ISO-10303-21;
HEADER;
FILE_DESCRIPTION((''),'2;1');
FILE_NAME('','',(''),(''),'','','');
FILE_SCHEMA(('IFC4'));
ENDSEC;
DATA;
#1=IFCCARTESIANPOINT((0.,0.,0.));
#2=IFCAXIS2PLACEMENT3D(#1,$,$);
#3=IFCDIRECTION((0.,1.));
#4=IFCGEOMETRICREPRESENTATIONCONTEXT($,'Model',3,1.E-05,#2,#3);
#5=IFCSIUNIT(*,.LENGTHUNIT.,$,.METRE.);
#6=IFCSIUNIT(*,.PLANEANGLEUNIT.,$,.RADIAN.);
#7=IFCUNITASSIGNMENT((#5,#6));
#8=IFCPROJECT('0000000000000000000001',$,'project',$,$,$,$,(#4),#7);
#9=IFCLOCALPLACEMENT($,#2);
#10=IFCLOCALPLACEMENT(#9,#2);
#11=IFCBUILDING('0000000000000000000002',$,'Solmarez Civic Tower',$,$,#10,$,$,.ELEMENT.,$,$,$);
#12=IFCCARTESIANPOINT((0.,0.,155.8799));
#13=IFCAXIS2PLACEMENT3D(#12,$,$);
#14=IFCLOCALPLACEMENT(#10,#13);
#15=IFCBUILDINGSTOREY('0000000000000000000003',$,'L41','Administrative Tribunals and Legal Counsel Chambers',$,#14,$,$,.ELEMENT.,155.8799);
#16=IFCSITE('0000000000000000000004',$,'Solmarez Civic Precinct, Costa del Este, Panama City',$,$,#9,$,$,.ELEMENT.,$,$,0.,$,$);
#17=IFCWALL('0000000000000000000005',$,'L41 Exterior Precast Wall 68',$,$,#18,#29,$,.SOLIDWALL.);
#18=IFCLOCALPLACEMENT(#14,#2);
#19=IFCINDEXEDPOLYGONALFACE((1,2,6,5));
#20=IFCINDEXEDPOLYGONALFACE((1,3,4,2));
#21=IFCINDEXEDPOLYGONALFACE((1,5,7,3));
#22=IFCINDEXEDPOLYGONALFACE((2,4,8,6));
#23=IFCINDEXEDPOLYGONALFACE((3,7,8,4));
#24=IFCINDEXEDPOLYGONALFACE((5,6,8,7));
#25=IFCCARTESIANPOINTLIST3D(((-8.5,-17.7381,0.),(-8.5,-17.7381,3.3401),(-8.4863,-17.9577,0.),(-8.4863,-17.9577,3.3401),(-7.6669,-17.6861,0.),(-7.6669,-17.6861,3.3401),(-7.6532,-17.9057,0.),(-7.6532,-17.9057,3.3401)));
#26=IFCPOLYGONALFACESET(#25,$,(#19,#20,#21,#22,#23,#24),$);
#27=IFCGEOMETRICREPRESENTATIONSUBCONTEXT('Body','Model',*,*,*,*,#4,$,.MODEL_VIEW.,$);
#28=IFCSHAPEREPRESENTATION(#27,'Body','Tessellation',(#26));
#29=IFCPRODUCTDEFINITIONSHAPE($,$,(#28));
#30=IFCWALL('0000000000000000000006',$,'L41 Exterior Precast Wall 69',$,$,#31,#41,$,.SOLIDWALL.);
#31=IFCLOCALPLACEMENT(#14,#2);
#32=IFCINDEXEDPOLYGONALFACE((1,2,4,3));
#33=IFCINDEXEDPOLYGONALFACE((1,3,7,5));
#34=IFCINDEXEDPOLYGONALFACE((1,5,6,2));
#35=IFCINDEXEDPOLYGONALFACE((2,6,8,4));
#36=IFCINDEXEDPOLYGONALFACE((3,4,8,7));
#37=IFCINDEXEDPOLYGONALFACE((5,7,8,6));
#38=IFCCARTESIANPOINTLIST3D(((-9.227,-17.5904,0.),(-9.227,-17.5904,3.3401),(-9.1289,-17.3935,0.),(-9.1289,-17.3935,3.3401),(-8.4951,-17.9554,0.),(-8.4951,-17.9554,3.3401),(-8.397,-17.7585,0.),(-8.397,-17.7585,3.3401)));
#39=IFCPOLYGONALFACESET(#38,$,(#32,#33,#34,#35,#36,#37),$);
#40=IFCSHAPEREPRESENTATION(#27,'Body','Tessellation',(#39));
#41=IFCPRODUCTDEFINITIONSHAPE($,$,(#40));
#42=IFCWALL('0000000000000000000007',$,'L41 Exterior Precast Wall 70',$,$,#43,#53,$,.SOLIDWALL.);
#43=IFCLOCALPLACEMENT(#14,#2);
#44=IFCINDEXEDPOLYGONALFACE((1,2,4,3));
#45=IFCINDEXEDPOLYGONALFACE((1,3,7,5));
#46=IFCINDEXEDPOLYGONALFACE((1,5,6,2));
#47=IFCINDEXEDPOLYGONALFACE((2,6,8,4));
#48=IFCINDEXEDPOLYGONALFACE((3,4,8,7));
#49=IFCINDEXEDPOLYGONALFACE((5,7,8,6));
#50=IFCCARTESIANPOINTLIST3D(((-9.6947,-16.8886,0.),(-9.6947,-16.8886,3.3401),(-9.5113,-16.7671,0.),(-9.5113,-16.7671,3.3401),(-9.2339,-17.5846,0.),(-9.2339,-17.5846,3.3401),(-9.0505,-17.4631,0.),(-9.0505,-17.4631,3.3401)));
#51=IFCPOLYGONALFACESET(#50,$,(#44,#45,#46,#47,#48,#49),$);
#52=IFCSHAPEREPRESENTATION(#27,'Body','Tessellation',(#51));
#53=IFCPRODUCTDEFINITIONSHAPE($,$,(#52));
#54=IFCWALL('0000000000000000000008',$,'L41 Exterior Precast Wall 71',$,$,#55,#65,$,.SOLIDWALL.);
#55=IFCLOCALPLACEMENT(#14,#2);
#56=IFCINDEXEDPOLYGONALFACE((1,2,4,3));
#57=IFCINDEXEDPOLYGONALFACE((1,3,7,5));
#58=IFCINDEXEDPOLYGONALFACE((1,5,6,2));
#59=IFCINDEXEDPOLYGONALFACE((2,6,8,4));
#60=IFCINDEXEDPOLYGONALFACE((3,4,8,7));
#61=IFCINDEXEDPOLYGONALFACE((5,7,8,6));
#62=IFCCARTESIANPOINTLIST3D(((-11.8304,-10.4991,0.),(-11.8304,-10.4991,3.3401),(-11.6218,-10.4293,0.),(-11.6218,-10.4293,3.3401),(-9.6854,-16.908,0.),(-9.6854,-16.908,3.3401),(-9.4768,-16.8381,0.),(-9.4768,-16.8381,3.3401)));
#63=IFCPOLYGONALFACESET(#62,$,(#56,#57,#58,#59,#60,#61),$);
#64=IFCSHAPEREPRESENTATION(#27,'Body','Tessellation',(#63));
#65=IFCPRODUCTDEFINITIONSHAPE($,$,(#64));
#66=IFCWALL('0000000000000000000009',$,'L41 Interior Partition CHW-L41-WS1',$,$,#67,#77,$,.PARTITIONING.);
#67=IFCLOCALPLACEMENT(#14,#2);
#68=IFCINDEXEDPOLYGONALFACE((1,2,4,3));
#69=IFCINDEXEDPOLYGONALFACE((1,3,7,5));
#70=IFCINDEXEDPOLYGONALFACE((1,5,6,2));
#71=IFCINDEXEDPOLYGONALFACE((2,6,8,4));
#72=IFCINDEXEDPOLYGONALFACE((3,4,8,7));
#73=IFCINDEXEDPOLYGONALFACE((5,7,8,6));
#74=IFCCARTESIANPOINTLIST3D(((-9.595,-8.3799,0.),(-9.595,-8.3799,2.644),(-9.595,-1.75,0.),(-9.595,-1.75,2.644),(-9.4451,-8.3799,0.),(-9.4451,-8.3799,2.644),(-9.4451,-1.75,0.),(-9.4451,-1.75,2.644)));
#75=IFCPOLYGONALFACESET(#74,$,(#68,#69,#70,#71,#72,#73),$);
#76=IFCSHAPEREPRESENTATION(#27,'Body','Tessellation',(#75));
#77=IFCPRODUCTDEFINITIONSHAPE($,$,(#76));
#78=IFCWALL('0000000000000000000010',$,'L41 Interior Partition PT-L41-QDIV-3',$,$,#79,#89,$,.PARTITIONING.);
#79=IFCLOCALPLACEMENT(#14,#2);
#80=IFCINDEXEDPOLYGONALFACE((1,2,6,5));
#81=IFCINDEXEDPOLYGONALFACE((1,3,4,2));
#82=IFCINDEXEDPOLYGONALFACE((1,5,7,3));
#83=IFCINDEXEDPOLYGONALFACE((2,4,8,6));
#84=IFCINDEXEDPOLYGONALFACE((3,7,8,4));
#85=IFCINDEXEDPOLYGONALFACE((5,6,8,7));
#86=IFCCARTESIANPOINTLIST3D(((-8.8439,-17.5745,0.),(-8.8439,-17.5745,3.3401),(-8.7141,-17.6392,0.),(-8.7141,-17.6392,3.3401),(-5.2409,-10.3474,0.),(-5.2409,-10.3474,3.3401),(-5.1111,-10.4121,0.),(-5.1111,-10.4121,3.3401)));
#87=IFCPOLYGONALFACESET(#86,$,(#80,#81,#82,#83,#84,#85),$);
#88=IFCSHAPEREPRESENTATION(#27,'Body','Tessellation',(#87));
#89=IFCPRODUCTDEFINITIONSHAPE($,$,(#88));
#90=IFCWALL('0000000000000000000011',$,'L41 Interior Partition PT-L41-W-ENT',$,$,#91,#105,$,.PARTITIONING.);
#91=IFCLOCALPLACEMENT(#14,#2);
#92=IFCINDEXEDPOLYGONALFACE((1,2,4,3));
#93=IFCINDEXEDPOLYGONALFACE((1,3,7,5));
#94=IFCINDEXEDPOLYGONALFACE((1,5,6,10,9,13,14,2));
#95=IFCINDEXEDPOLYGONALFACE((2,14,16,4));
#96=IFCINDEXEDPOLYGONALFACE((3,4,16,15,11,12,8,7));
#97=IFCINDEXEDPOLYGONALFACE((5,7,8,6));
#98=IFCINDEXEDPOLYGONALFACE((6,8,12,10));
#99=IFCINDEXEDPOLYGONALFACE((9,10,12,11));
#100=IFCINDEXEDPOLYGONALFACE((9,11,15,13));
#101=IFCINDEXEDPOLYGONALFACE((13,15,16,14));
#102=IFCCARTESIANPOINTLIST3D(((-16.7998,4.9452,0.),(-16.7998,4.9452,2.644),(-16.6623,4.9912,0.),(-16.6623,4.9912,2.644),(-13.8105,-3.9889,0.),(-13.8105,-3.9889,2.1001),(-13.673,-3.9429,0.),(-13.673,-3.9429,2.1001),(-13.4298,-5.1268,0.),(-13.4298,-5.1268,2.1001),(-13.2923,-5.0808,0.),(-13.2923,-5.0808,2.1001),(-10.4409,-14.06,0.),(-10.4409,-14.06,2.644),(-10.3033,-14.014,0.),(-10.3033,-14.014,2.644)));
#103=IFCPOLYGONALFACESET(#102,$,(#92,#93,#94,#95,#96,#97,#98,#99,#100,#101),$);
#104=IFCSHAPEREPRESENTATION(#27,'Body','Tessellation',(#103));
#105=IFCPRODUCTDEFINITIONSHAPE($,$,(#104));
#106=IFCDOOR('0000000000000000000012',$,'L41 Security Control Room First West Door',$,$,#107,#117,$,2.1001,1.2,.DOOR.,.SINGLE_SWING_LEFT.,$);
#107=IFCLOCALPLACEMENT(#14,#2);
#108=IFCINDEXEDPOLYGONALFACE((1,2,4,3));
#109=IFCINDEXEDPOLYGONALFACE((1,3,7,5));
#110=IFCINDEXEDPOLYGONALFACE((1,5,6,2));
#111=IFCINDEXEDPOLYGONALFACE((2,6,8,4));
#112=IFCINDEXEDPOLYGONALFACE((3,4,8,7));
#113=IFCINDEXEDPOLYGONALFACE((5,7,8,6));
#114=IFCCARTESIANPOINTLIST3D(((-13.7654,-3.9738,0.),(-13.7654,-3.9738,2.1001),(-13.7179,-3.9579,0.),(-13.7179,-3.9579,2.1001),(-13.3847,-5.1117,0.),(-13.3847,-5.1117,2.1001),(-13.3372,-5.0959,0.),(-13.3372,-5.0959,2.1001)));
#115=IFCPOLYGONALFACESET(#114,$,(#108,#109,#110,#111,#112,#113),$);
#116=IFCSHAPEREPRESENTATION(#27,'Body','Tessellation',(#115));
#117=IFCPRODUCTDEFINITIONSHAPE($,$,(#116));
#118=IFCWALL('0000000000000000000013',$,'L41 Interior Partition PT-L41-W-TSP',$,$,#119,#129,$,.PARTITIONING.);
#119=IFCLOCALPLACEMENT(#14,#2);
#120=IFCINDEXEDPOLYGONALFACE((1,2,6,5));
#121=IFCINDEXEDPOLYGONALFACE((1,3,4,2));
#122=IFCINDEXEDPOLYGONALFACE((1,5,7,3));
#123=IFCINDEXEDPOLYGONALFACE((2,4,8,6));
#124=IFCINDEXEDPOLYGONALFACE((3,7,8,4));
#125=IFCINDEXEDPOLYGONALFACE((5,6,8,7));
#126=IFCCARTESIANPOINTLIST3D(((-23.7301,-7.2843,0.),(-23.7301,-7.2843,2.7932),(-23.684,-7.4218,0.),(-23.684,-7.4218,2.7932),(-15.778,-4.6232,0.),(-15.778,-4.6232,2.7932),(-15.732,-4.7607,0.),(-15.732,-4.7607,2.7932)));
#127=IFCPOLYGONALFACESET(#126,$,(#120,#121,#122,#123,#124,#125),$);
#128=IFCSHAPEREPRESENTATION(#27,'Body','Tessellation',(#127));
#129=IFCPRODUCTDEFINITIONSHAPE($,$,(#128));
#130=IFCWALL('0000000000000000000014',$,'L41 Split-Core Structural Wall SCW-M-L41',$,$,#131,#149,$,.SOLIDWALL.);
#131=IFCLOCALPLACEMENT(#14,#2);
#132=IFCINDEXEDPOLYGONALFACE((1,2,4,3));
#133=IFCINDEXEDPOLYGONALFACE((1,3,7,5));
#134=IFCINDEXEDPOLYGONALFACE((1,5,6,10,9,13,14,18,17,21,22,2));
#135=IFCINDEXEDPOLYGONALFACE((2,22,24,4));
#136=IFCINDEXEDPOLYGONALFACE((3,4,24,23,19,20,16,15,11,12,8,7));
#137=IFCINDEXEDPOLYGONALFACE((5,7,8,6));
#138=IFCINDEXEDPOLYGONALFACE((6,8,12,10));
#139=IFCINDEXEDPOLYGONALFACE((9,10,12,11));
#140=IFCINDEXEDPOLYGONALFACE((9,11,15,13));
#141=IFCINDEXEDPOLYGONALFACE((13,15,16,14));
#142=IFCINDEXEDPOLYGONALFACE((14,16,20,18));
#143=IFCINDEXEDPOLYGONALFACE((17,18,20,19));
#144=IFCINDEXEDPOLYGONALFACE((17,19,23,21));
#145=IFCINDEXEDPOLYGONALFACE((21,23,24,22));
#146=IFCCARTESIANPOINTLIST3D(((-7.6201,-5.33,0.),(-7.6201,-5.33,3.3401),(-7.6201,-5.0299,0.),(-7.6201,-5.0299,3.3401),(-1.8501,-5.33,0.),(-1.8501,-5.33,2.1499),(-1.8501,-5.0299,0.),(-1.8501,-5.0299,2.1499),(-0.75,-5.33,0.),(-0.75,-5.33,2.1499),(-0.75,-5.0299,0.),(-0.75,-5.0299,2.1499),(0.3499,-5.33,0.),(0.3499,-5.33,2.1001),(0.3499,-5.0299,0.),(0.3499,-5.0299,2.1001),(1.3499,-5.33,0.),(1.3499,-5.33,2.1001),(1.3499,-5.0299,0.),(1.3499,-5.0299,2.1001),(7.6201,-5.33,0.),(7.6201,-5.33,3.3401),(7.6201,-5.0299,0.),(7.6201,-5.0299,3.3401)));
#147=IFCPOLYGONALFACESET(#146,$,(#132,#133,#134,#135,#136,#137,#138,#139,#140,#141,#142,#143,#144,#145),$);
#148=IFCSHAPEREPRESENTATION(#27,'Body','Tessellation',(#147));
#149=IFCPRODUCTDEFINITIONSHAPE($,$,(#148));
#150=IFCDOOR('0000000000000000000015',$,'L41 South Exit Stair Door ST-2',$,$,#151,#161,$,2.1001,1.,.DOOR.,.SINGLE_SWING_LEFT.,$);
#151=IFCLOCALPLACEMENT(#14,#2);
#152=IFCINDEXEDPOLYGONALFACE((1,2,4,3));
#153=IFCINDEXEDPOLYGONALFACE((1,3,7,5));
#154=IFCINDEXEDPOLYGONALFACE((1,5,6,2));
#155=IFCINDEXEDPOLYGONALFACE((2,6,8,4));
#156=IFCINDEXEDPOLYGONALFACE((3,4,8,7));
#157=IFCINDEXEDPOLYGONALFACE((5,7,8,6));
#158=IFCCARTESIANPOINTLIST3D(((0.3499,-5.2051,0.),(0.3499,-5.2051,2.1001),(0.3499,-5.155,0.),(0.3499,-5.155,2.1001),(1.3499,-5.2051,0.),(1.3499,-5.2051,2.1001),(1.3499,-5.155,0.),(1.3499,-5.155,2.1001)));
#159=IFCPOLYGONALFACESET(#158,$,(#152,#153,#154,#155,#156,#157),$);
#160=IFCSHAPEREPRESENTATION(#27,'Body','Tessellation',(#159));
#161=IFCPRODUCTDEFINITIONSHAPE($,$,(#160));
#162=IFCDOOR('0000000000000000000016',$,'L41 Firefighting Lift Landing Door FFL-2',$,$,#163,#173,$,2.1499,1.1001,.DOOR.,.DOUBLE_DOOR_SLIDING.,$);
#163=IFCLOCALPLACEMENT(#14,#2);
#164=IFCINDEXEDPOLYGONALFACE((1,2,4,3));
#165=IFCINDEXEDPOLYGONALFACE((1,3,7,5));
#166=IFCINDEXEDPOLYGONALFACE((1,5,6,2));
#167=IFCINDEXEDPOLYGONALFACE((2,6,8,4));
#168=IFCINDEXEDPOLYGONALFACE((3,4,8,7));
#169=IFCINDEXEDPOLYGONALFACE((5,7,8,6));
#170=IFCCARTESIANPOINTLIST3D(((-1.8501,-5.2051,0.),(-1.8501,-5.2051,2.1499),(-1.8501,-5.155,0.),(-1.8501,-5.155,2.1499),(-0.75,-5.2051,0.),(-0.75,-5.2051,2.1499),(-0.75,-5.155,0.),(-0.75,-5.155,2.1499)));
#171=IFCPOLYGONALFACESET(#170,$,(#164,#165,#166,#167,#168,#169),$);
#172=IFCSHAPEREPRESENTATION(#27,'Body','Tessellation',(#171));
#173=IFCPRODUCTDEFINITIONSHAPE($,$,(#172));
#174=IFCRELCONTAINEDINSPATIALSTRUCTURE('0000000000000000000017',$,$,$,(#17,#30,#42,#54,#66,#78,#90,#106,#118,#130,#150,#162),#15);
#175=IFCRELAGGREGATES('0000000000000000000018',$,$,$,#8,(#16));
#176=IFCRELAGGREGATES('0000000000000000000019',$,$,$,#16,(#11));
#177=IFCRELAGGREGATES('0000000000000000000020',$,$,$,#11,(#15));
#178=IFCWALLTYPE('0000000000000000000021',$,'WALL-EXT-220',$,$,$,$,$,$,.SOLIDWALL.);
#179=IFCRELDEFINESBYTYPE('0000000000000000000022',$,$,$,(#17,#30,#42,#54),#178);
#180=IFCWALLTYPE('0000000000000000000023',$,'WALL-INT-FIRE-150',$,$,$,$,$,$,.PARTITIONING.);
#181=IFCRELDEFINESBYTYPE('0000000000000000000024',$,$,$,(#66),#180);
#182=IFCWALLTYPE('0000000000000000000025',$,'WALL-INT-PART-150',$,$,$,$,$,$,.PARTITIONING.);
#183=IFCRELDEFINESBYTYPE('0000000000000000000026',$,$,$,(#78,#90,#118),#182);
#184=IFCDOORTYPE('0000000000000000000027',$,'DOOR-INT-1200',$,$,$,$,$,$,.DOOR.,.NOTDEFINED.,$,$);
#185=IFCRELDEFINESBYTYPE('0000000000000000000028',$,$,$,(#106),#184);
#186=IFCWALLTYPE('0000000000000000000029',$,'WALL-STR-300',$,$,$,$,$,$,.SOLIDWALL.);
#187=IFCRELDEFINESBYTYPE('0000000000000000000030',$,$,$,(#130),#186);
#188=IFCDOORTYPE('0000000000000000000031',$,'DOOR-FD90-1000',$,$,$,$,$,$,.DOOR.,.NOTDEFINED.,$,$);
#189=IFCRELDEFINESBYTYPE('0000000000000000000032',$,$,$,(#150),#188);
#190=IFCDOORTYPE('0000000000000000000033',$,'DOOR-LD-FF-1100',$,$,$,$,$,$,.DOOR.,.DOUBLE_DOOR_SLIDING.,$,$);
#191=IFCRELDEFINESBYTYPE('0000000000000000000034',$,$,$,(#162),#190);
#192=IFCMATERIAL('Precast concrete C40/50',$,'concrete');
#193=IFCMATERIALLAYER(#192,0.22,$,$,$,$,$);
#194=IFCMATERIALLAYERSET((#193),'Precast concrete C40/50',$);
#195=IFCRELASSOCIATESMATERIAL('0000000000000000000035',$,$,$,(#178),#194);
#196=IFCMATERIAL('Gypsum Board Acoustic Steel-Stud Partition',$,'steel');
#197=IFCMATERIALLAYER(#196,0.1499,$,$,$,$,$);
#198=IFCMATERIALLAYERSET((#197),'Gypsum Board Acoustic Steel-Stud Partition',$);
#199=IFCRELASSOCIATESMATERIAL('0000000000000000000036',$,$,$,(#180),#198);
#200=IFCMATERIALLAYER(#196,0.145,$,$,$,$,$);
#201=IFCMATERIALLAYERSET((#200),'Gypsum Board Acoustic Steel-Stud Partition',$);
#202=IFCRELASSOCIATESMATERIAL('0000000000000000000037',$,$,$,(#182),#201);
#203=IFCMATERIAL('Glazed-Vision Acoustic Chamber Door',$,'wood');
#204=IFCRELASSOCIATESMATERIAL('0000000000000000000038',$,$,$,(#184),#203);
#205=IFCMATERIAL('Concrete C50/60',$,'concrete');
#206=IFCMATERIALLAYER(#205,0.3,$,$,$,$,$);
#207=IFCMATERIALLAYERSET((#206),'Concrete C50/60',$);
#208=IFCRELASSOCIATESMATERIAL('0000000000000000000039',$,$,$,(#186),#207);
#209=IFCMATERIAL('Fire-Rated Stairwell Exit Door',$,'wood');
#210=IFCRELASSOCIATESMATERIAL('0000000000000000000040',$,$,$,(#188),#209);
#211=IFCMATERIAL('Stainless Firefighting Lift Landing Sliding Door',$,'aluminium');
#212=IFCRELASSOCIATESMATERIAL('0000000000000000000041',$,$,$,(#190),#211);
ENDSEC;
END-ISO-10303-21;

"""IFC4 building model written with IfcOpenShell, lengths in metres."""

from ifc_helpers import new_model, si_unit, direction, frame, frame_2d, origin, place, context, subcontext, project, spatial, rectangle, extrude, material, layer, layer_set, type_object, element, fill, save


model = new_model("IFC4")

# Units and contexts
model_context = context("Model", 3, precision=1e-05, world=origin(), true_north=direction((0.0, 1.0)))
body_context = subcontext(model_context, "Body", "Model", "MODEL_VIEW")
ifc_project = project(units=[si_unit("LENGTHUNIT", "METRE"), si_unit("PLANEANGLEUNIT", "RADIAN")], contexts=[model_context])

# Site, building, storey
site_placement = place(None, origin())
site = spatial("IfcSite", under=ifc_project, at=site_placement, Name="Solmarez Civic Precinct, Costa del Este, Panama City", CompositionType="ELEMENT", RefElevation=0.0)
building_placement = place(site_placement, origin())
building = spatial("IfcBuilding", under=site, at=building_placement, Name="Solmarez Civic Tower", CompositionType="ELEMENT")
storey_placement = place(building_placement, frame((0.0, 0.0, 155.8799)))
storey = spatial("IfcBuildingStorey", under=building, at=storey_placement, Name="L41", Description="Administrative Tribunals and Legal Counsel Chambers", CompositionType="ELEMENT", Elevation=155.8799)

# Shared definitions
ifc_material_1 = material(Name="Concrete C50/60", Category="concrete")

# Shared definitions
ifc_material_2 = material(Name="Precast concrete C40/50", Category="concrete")
ifc_layer_1 = layer(ifc_material_2, 0.22)
ifc_layer_set_1 = layer_set([ifc_layer_1], Name="Precast concrete C40/50")
wall_type_1 = type_object("IfcWallType", Name="WALL-EXT-220", PredefinedType="SOLIDWALL", material=ifc_layer_set_1)

# Walls
wall_1_placement = place(storey_placement, frame((-7.6599, -17.7959, 0.0), z_axis=(0.0, 0.0, 1.0), x_axis=(-0.998057, -0.062305, 0.0)))
element("IfcWall", 1, at=wall_1_placement, inside=storey, type_object=wall_type_1, Name="L41 Exterior Precast Wall 68", PredefinedType="SOLIDWALL", context=body_context, shape_type="SweptSolid", body=[
    extrude(rectangle(XDim=0.8347, YDim=0.22, at=frame_2d((0.4175, 0.0))), origin(), (0.0, 0.0, 1.0), 3.3401),
])
wall_2_placement = place(storey_placement, frame((-8.446, -17.8569, 0.0), z_axis=(0.0, 0.0, 1.0), x_axis=(-0.894904, 0.446258, 0.0)))
element("IfcWall", 2, at=wall_2_placement, inside=storey, type_object=wall_type_1, Name="L41 Exterior Precast Wall 69", PredefinedType="SOLIDWALL", context=body_context, shape_type="SweptSolid", body=[
    extrude(rectangle(XDim=0.8179, YDim=0.22, at=frame_2d((0.4089, 0.0))), origin(), (0.0, 0.0, 1.0), 3.3401),
])
wall_3_placement = place(storey_placement, frame((-9.1421, -17.5239, 0.0), z_axis=(0.0, 0.0, 1.0), x_axis=(-0.552133, 0.833756, 0.0)))
element("IfcWall", 3, at=wall_3_placement, inside=storey, type_object=wall_type_1, Name="L41 Exterior Precast Wall 70", PredefinedType="SOLIDWALL", context=body_context, shape_type="SweptSolid", body=[
    extrude(rectangle(XDim=0.8347, YDim=0.22, at=frame_2d((0.4175, 0.0))), origin(), (0.0, 0.0, 1.0), 3.3401),
])
wall_4_placement = place(storey_placement, frame((-9.5811, -16.873, 0.0), z_axis=(0.0, 0.0, 1.0), x_axis=(-0.317387, 0.948296, 0.0)))
element("IfcWall", 4, at=wall_4_placement, inside=storey, type_object=wall_type_1, Name="L41 Exterior Precast Wall 71", PredefinedType="SOLIDWALL", context=body_context, shape_type="SweptSolid", body=[
    extrude(rectangle(XDim=6.7583, YDim=0.22, at=frame_2d((3.3792, 0.0))), origin(), (0.0, 0.0, 1.0), 3.3401),
])
ifc_material_3 = material(Name="Gypsum Board Acoustic Steel-Stud Partition", Category="steel")
ifc_layer_2 = layer(ifc_material_3, 0.1499)
ifc_layer_set_2 = layer_set([ifc_layer_2], Name="Gypsum Board Acoustic Steel-Stud Partition")
wall_type_2 = type_object("IfcWallType", Name="WALL-INT-FIRE-150", PredefinedType="PARTITIONING", material=ifc_layer_set_2)
wall_5_placement = place(storey_placement, frame((-9.52, -8.3799, 0.0), z_axis=(0.0, 0.0, 1.0), x_axis=(0.0, 1.0, 0.0)))
element("IfcWall", 5, at=wall_5_placement, inside=storey, type_object=wall_type_2, Name="L41 Interior Partition CHW-L41-WS1", PredefinedType="PARTITIONING", context=body_context, shape_type="SweptSolid", body=[
    extrude(rectangle(XDim=6.6299, YDim=0.1499, at=frame_2d((3.3149, 0.0))), origin(), (0.0, 0.0, 1.0), 2.644),
])
ifc_layer_3 = layer(ifc_material_3, 0.145)
ifc_layer_set_3 = layer_set([ifc_layer_3], Name="Gypsum Board Acoustic Steel-Stud Partition")
wall_type_3 = type_object("IfcWallType", Name="WALL-INT-PART-150", PredefinedType="PARTITIONING", material=ifc_layer_set_3)
wall_6_placement = place(storey_placement, frame((-5.176, -10.3799, 0.0), z_axis=(0.0, 0.0, 1.0), x_axis=(-0.446173, -0.894947, 0.0)))
element("IfcWall", 6, at=wall_6_placement, inside=storey, type_object=wall_type_3, Name="L41 Interior Partition PT-L41-QDIV-3", PredefinedType="PARTITIONING", context=body_context, shape_type="SweptSolid", body=[
    extrude(rectangle(XDim=8.0754, YDim=0.145, at=frame_2d((4.0376, 0.0))), origin(), (0.0, 0.0, 1.0), 3.3401),
])

# Wall, opening, door
wall_7_placement = place(storey_placement, frame((-10.3721, -14.0371, 0.0), z_axis=(0.0, 0.0, 1.0), x_axis=(-0.317298, 0.948326, 0.0)))
wall_7 = element("IfcWall", 7, at=wall_7_placement, inside=storey, type_object=wall_type_3, Name="L41 Interior Partition PT-L41-W-ENT", PredefinedType="PARTITIONING", context=body_context, shape_type="SweptSolid", body=[
    extrude(rectangle(XDim=20.0408, YDim=0.145, at=frame_2d((10.0205, 0.0))), origin(), (0.0, 0.0, 1.0), 2.644),
])
opening_1_placement = place(wall_7_placement, frame((9.4199, 0.0, 0.0)))
opening_1 = element("IfcOpeningElement", 8, at=opening_1_placement, cuts=wall_7, PredefinedType="OPENING", context=body_context, shape_type="SweptSolid", body=[
    extrude(rectangle(XDim=1.2, YDim=2.1001, at=frame_2d((0.6001, 1.05))), frame((0.0, 0.0825, 0.0), z_axis=(0.0, -1.0, 0.0), x_axis=(1.0, 0.0, 0.0)), (0.0, 0.0, 1.0), 0.165),
])
ifc_material_4 = material(Name="Glazed-Vision Acoustic Chamber Door", Category="wood")
door_type_1 = type_object("IfcDoorType", Name="DOOR-INT-1200", OperationType="NOTDEFINED", PredefinedType="DOOR", material=ifc_material_4)
door_1_placement = place(opening_1_placement, origin())
door_1 = element("IfcDoor", 9, at=door_1_placement, inside=storey, type_object=door_type_1, Name="L41 Security Control Room First West Door", OperationType="SINGLE_SWING_LEFT", OverallHeight=2.1001, OverallWidth=1.2, PredefinedType="DOOR", context=body_context, shape_type="SweptSolid", body=[
    extrude(rectangle(XDim=1.2, YDim=2.1001, at=frame_2d((0.6001, 1.05))), frame((0.0, 0.0249, 0.0), z_axis=(0.0, -1.0, 0.0), x_axis=(1.0, 0.0, 0.0)), (0.0, 0.0, 1.0), 0.05),
])
fill(opening_1, door_1)

# Wall
wall_8_placement = place(storey_placement, frame((-15.7549, -4.6919, 0.0), z_axis=(0.0, 0.0, 1.0), x_axis=(-0.94831, -0.317346, 0.0)))
element("IfcWall", 10, at=wall_8_placement, inside=storey, type_object=wall_type_3, Name="L41 Interior Partition PT-L41-W-TSP", PredefinedType="PARTITIONING", context=body_context, shape_type="SweptSolid", body=[
    extrude(rectangle(XDim=8.3855, YDim=0.145, at=frame_2d((4.1929, 0.0))), origin(), (0.0, 0.0, 1.0), 2.7932),
])

# Wall, openings, doors
ifc_layer_4 = layer(ifc_material_1, 0.3)
ifc_layer_set_4 = layer_set([ifc_layer_4], Name="Concrete C50/60")
wall_type_4 = type_object("IfcWallType", Name="WALL-STR-300", PredefinedType="SOLIDWALL", material=ifc_layer_set_4)
wall_9_placement = place(storey_placement, frame((-7.6201, -5.1799, 0.0), z_axis=(0.0, 0.0, 1.0), x_axis=(1.0, 0.0, 0.0)))
wall_9 = element("IfcWall", 11, at=wall_9_placement, inside=storey, type_object=wall_type_4, Name="L41 Split-Core Structural Wall SCW-M-L41", PredefinedType="SOLIDWALL", context=body_context, shape_type="SweptSolid", body=[
    extrude(rectangle(XDim=15.2402, YDim=0.3, at=frame_2d((7.6201, 0.0))), origin(), (0.0, 0.0, 1.0), 3.3401),
])
opening_2_placement = place(wall_9_placement, frame((5.77, 0.0, 0.0)))
opening_2 = element("IfcOpeningElement", 12, at=opening_2_placement, cuts=wall_9, PredefinedType="OPENING", context=body_context, shape_type="SweptSolid", body=[
    extrude(rectangle(XDim=1.1001, YDim=2.1499, at=frame_2d((0.55, 1.075))), frame((0.0, 0.1599, 0.0), z_axis=(0.0, -1.0, 0.0), x_axis=(1.0, 0.0, 0.0)), (0.0, 0.0, 1.0), 0.3201),
])
opening_3_placement = place(wall_9_placement, frame((7.97, 0.0, 0.0)))
opening_3 = element("IfcOpeningElement", 13, at=opening_3_placement, cuts=wall_9, PredefinedType="OPENING", context=body_context, shape_type="SweptSolid", body=[
    extrude(rectangle(XDim=1.0, YDim=2.1001, at=frame_2d((0.5, 1.05))), frame((0.0, 0.1599, 0.0), z_axis=(0.0, -1.0, 0.0), x_axis=(1.0, 0.0, 0.0)), (0.0, 0.0, 1.0), 0.3201),
])
ifc_material_5 = material(Name="Fire-Rated Stairwell Exit Door", Category="wood")
door_type_2 = type_object("IfcDoorType", Name="DOOR-FD90-1000", OperationType="NOTDEFINED", PredefinedType="DOOR", material=ifc_material_5)
door_2_placement = place(opening_3_placement, origin())
door_2 = element("IfcDoor", 14, at=door_2_placement, inside=storey, type_object=door_type_2, Name="L41 South Exit Stair Door ST-2", OperationType="SINGLE_SWING_LEFT", OverallHeight=2.1001, OverallWidth=1.0, PredefinedType="DOOR", context=body_context, shape_type="SweptSolid", body=[
    extrude(rectangle(XDim=1.0, YDim=2.1001, at=frame_2d((0.5, 1.05))), frame((0.0, 0.0249, 0.0), z_axis=(0.0, -1.0, 0.0), x_axis=(1.0, 0.0, 0.0)), (0.0, 0.0, 1.0), 0.05),
])
fill(opening_3, door_2)
ifc_material_6 = material(Name="Stainless Firefighting Lift Landing Sliding Door", Category="aluminium")
door_type_3 = type_object("IfcDoorType", Name="DOOR-LD-FF-1100", OperationType="DOUBLE_DOOR_SLIDING", PredefinedType="DOOR", material=ifc_material_6)
door_3_placement = place(opening_2_placement, origin())
door_3 = element("IfcDoor", 15, at=door_3_placement, inside=storey, type_object=door_type_3, Name="L41 Firefighting Lift Landing Door FFL-2", OperationType="DOUBLE_DOOR_SLIDING", OverallHeight=2.1499, OverallWidth=1.1001, PredefinedType="DOOR", context=body_context, shape_type="SweptSolid", body=[
    extrude(rectangle(XDim=1.1001, YDim=2.1499, at=frame_2d((0.55, 1.075))), frame((0.0, 0.0249, 0.0), z_axis=(0.0, -1.0, 0.0), x_axis=(1.0, 0.0, 0.0)), (0.0, 0.0, 1.0), 0.05),
])
fill(opening_2, door_3)

save(model, "model.ifc")
